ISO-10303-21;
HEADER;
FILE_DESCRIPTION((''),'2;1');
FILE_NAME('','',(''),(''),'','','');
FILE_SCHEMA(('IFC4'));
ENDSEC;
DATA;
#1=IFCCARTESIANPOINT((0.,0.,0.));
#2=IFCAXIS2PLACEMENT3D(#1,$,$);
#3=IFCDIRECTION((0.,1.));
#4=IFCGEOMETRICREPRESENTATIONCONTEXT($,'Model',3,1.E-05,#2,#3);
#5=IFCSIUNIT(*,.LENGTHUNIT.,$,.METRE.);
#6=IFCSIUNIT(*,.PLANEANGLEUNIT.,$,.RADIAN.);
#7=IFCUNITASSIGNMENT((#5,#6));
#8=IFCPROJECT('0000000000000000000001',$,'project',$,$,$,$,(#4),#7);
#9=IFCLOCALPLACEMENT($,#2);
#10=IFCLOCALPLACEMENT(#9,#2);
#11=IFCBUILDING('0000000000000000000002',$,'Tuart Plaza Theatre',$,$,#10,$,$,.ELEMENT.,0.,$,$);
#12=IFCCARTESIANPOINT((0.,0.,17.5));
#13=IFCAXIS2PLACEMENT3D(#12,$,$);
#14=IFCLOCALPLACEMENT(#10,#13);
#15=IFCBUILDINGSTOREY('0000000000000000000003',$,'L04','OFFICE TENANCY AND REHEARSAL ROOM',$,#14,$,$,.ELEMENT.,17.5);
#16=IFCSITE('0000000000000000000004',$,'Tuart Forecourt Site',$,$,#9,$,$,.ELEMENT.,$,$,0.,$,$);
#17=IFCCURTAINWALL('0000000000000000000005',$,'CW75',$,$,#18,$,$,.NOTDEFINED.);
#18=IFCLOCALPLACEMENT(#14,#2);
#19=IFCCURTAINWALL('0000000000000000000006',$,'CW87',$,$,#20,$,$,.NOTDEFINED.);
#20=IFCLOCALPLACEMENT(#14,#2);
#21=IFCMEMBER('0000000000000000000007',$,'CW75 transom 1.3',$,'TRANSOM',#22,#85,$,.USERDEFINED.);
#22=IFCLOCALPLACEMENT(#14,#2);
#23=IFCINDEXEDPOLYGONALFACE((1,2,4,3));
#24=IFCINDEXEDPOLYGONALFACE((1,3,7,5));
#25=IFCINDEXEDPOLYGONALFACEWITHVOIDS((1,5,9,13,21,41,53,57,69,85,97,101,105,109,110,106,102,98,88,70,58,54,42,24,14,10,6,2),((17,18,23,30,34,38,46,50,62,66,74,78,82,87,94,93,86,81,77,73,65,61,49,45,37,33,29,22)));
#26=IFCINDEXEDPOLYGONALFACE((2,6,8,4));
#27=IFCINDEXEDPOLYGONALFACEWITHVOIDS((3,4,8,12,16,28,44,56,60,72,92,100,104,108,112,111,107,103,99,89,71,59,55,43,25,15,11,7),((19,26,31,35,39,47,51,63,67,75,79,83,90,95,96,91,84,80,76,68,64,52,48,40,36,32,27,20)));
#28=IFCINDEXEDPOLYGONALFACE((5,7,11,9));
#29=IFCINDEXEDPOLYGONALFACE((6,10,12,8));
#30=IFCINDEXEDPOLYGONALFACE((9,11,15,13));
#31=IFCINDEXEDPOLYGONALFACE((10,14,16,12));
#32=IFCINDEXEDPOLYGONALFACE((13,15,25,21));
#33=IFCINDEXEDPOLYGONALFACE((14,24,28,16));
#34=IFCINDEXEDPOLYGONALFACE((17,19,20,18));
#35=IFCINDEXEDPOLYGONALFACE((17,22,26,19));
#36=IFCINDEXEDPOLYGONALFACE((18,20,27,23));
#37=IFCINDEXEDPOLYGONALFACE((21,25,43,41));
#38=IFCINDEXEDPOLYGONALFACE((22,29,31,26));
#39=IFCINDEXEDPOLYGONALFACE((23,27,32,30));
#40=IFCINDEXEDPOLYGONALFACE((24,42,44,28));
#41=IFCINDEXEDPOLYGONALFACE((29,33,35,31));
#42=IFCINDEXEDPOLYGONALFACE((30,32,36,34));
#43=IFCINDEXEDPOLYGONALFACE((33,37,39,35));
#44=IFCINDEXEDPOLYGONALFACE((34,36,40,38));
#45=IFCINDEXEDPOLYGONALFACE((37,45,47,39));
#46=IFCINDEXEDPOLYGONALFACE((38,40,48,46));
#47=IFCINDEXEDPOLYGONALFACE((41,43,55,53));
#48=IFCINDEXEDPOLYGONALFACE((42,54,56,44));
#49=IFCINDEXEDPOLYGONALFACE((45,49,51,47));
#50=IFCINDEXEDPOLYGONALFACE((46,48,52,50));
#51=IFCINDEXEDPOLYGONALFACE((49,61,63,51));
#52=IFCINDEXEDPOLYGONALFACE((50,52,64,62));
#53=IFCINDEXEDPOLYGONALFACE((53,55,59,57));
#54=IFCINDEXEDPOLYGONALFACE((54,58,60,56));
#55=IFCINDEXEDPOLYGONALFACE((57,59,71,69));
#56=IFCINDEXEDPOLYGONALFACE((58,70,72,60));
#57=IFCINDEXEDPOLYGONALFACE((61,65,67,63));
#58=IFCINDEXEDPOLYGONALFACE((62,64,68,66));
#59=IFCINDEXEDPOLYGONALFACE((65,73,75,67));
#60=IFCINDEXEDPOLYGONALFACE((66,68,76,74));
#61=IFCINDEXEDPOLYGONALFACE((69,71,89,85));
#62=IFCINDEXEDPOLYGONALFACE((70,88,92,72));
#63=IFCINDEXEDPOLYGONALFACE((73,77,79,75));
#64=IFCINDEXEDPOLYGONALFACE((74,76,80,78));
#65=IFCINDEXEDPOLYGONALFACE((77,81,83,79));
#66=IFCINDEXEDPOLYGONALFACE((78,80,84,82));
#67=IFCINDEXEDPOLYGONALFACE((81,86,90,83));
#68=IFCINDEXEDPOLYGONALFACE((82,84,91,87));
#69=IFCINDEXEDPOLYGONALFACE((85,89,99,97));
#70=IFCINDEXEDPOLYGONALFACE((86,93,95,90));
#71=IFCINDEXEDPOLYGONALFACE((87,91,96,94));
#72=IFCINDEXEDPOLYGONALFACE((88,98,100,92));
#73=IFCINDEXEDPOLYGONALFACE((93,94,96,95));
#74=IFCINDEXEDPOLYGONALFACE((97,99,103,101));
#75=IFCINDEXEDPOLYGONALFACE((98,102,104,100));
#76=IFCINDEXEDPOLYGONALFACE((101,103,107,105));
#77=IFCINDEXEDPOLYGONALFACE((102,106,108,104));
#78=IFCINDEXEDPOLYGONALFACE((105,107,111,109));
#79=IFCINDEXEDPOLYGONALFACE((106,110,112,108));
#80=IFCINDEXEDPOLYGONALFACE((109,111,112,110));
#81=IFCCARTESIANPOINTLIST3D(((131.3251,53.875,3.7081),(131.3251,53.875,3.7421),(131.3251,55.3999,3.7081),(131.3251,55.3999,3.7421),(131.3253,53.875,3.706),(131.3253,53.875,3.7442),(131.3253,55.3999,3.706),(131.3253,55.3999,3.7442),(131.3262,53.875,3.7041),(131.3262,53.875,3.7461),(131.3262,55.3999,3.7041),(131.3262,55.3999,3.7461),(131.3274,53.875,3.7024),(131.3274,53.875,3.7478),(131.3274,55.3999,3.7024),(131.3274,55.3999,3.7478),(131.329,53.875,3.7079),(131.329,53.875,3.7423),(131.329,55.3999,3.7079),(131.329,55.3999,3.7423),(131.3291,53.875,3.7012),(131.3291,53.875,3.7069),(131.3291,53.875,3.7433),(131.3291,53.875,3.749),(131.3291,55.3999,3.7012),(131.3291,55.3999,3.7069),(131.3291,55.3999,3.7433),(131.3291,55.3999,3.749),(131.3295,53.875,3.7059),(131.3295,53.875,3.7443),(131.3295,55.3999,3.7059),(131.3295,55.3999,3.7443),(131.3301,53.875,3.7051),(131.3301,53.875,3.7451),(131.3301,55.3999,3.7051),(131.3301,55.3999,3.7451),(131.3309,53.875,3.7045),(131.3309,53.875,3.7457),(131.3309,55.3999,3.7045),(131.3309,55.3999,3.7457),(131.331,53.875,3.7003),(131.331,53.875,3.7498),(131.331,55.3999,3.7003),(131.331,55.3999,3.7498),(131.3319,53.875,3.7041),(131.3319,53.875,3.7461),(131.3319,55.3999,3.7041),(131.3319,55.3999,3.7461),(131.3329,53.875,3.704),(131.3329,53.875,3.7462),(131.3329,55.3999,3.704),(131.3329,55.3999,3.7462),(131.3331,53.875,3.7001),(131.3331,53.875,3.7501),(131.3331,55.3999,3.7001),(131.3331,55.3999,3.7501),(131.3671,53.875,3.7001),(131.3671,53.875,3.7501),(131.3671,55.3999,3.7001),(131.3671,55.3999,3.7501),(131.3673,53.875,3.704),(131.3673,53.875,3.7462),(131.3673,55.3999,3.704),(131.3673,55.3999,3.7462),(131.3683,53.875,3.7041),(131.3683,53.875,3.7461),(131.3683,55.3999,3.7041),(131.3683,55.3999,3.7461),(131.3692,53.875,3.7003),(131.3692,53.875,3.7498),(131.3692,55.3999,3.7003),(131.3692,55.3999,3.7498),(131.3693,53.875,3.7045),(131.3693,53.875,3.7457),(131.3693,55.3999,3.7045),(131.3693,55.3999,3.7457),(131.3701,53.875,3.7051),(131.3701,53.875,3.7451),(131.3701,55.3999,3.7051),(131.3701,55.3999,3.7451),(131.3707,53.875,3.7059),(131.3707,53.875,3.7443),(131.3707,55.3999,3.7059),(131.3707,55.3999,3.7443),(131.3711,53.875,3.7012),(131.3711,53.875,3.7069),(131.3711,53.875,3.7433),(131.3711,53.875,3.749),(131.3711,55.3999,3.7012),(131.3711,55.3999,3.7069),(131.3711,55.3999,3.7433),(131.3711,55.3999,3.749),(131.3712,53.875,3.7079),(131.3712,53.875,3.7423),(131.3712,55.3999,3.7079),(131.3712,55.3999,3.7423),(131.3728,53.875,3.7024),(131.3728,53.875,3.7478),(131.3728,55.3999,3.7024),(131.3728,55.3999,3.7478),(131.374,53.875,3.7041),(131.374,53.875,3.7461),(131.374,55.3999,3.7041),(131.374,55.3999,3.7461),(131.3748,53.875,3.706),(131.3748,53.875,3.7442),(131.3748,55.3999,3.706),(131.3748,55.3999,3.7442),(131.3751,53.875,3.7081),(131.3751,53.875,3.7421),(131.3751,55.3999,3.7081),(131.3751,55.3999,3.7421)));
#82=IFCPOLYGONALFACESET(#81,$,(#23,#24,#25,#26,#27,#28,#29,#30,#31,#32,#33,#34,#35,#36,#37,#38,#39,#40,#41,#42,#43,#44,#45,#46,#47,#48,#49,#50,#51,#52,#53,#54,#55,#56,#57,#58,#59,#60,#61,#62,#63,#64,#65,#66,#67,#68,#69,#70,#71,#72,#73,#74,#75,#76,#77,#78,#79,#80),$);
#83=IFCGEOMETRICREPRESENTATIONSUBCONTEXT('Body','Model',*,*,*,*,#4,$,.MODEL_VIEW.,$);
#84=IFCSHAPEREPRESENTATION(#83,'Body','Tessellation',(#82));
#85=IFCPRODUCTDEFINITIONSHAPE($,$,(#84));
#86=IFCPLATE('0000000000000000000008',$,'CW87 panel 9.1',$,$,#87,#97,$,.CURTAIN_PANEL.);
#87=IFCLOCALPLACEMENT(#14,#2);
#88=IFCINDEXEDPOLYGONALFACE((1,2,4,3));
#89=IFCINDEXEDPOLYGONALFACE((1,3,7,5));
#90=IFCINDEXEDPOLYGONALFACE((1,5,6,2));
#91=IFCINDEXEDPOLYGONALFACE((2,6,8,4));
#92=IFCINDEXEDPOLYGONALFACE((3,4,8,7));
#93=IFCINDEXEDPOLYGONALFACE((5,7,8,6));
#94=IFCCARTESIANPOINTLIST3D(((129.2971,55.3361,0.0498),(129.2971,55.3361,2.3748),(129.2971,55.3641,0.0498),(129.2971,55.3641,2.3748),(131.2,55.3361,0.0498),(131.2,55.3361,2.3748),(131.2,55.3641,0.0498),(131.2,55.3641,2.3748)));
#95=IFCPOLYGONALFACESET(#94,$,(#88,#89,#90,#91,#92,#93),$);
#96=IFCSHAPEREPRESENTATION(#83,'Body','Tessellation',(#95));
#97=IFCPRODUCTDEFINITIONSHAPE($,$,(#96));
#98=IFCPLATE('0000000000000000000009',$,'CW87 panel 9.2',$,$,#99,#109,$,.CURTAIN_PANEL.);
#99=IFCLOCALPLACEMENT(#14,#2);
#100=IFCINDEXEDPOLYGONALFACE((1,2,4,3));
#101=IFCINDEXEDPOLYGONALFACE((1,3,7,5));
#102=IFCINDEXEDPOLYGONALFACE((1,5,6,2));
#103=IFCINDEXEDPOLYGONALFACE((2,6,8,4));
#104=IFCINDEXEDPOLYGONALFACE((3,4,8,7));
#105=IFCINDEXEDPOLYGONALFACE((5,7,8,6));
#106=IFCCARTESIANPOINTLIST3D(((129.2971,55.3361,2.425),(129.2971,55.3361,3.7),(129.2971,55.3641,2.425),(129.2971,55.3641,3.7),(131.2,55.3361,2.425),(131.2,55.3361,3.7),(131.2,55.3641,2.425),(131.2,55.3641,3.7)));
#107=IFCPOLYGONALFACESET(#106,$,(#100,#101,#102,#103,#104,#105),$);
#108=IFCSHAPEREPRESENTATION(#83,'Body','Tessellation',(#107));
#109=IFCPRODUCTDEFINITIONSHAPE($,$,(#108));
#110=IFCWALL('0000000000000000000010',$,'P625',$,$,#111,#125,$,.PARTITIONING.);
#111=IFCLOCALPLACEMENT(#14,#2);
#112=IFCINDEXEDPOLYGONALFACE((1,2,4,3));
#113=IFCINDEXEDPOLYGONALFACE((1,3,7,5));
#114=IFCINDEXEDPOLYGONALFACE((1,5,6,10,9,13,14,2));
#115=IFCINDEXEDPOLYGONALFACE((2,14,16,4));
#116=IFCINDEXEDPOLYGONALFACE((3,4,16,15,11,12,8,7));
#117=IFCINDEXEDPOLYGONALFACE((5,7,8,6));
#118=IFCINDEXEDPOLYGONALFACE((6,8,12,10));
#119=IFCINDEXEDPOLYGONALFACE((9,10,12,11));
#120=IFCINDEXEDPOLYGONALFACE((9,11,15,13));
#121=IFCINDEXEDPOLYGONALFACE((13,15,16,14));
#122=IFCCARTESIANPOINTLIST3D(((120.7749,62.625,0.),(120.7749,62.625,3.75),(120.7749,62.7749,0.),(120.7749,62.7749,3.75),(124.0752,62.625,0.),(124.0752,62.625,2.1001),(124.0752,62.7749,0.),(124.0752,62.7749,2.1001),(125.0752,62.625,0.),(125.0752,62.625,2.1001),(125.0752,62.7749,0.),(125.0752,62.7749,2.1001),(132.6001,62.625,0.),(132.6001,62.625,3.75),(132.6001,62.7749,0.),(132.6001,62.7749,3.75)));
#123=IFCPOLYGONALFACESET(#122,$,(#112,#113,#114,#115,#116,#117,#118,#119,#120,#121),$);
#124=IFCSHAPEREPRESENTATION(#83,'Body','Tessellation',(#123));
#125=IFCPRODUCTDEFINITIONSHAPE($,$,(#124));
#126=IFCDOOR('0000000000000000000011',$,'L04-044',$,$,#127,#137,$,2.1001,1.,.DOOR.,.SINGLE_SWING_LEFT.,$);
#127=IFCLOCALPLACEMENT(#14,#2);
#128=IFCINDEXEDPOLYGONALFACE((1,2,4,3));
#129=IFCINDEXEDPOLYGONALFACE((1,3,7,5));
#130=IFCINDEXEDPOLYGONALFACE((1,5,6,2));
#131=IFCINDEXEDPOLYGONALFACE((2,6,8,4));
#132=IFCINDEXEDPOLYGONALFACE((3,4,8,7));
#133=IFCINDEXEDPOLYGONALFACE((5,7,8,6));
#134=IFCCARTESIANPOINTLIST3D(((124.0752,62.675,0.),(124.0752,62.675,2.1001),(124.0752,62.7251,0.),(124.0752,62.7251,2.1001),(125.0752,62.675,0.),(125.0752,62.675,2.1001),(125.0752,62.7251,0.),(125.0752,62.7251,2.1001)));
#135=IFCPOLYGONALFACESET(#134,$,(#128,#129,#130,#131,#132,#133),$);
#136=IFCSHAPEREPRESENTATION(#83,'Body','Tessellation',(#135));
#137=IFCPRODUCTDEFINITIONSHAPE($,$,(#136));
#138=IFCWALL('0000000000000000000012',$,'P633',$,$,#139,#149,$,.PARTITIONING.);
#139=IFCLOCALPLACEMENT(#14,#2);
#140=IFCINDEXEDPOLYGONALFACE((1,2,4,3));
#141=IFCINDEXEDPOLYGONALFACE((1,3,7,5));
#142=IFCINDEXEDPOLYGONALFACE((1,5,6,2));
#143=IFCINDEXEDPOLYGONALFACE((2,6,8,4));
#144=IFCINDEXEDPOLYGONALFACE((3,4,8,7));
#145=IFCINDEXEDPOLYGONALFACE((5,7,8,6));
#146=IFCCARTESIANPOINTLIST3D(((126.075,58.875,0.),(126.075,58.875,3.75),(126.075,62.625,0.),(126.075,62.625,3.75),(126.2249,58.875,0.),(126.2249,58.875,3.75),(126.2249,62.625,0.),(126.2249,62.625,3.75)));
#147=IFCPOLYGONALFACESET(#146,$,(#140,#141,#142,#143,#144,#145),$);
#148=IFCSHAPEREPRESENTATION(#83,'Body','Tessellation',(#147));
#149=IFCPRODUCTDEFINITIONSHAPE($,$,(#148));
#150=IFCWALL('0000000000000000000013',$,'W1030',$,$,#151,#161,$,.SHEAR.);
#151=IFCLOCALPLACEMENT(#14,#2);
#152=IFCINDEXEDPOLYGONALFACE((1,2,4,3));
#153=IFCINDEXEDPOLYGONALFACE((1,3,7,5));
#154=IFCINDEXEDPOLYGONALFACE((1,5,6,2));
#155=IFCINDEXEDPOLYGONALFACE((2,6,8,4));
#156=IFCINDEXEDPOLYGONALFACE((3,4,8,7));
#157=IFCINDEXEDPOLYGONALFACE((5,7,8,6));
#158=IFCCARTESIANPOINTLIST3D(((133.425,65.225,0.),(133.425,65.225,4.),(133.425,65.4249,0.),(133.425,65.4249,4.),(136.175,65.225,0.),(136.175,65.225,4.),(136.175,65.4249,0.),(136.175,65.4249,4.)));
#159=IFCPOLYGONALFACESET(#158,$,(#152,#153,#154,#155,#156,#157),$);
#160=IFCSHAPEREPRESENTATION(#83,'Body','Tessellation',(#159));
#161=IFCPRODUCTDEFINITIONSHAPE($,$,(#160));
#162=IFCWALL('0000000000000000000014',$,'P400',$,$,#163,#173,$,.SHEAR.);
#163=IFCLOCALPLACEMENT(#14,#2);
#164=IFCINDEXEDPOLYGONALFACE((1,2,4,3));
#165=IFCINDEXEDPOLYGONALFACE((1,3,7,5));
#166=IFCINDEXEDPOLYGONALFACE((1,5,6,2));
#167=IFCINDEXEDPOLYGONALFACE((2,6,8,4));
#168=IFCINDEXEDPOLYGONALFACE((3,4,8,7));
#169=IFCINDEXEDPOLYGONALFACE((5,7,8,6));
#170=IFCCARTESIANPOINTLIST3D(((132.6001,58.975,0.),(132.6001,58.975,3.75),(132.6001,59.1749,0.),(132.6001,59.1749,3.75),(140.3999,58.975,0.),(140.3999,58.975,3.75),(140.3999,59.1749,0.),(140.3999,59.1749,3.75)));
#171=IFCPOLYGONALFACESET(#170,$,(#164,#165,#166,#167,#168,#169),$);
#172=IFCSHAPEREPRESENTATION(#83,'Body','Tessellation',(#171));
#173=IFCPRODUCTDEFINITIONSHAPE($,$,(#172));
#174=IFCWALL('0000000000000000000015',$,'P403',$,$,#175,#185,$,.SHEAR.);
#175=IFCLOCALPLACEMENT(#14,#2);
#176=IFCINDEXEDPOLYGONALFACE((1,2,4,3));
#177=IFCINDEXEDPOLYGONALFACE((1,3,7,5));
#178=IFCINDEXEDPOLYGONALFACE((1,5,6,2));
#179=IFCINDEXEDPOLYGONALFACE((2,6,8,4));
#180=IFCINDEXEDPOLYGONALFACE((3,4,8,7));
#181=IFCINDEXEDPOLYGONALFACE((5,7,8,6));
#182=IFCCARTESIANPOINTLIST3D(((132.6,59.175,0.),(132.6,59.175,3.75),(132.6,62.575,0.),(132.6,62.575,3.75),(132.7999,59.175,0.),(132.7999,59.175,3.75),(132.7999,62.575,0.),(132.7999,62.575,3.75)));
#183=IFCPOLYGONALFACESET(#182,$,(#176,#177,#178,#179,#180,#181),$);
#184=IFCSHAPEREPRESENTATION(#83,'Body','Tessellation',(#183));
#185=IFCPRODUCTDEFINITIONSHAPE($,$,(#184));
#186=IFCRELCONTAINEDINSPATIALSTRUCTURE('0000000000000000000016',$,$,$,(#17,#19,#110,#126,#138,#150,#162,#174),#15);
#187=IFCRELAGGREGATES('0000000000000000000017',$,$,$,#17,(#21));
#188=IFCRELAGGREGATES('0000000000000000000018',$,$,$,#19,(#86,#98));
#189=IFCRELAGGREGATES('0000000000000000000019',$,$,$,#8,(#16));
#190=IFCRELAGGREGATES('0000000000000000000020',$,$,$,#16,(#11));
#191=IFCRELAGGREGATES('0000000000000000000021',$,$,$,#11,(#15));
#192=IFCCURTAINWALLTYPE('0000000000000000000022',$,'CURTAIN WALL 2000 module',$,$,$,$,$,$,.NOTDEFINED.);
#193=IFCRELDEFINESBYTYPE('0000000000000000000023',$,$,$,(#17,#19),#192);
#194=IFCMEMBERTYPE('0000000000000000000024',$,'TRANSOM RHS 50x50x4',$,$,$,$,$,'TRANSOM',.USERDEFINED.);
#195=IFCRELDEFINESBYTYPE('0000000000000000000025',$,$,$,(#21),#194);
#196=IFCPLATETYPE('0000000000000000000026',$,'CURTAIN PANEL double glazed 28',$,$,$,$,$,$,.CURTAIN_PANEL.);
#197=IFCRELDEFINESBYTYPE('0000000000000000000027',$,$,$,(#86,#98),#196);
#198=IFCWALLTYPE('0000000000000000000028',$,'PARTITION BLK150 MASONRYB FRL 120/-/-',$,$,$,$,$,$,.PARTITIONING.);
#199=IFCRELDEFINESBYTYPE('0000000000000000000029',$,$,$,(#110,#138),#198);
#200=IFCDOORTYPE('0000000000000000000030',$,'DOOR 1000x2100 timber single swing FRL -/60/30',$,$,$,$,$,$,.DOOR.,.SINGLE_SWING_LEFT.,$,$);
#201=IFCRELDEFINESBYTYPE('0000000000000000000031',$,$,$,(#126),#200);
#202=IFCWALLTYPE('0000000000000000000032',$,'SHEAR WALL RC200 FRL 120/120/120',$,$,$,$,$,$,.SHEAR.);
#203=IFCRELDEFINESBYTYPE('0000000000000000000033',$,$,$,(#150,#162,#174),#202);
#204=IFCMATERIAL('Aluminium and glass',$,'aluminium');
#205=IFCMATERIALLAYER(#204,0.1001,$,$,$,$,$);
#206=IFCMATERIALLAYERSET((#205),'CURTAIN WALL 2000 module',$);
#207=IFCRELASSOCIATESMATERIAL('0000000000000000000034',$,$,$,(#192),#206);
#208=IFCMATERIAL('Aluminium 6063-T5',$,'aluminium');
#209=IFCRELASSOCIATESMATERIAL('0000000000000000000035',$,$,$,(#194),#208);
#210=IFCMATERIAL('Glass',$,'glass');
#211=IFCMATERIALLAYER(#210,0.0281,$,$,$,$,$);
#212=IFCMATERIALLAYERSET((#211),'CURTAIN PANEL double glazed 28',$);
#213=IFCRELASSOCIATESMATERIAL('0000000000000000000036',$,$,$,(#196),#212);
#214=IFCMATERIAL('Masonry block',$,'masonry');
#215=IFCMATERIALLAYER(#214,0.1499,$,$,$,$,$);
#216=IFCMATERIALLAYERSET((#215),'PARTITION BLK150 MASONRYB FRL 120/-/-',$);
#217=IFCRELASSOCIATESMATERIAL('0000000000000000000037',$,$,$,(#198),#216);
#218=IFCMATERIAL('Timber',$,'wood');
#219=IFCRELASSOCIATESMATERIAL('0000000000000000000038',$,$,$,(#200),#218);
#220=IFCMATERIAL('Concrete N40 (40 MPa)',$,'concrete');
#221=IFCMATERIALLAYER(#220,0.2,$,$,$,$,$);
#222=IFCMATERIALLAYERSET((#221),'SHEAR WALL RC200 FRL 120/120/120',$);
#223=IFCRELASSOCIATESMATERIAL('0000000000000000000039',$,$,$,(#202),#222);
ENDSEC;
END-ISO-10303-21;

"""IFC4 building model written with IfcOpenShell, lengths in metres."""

from ifc_helpers import new_model, si_unit, direction, frame, frame_2d, origin, origin_2d, place, context, subcontext, project, spatial, rectangle, hollow_rectangle, extrude, material, layer, layer_set, material_profile, profile_set, type_object, element, fill, aggregate, save


model = new_model("IFC4")

# Units and contexts
model_context = context("Model", 3, precision=1e-05, world=origin(), true_north=direction((0.0, 1.0)))
body_context = subcontext(model_context, "Body", "Model", "MODEL_VIEW")
ifc_project = project(units=[si_unit("LENGTHUNIT", "METRE"), si_unit("PLANEANGLEUNIT", "RADIAN")], contexts=[model_context])

# Site, building, storey
site_placement = place(None, origin())
site = spatial("IfcSite", under=ifc_project, at=site_placement, Name="Tuart Forecourt Site", CompositionType="ELEMENT", RefElevation=0.0)
building_placement = place(site_placement, origin())
building = spatial("IfcBuilding", under=site, at=building_placement, Name="Tuart Plaza Theatre", CompositionType="ELEMENT", ElevationOfRefHeight=0.0)
storey_placement = place(building_placement, frame((0.0, 0.0, 17.5)))
storey = spatial("IfcBuildingStorey", under=building, at=storey_placement, Name="L04", Description="OFFICE TENANCY AND REHEARSAL ROOM", CompositionType="ELEMENT", Elevation=17.5)

# Curtain walls
ifc_material_1 = material(Name="Aluminium and glass", Category="aluminium")
ifc_layer_1 = layer(ifc_material_1, 0.1001)
ifc_layer_set_1 = layer_set([ifc_layer_1], Name="CURTAIN WALL 2000 module")
curtain_wall_type = type_object("IfcCurtainWallType", Name="CURTAIN WALL 2000 module", PredefinedType="NOTDEFINED", material=ifc_layer_set_1)
curtain_wall_1_placement = place(storey_placement, origin())
curtain_wall_1 = element("IfcCurtainWall", 1, at=curtain_wall_1_placement, inside=storey, type_object=curtain_wall_type, Name="CW75", PredefinedType="NOTDEFINED")
curtain_wall_2_placement = place(storey_placement, origin())
curtain_wall_2 = element("IfcCurtainWall", 2, at=curtain_wall_2_placement, inside=storey, type_object=curtain_wall_type, Name="CW87", PredefinedType="NOTDEFINED")

# Member
ifc_material_2 = material(Name="Aluminium 6063-T5", Category="aluminium")
ifc_material_profile_1 = material_profile(ifc_material_2, hollow_rectangle(XDim=0.05, YDim=0.05, WallThickness=0.0039, InnerFilletRadius=0.0039, OuterFilletRadius=0.0081, at=origin_2d()), Name="RHS 50x50x4")
ifc_profile_set_1 = profile_set([ifc_material_profile_1], Name="Aluminium 6063-T5")
member_type_1 = type_object("IfcMemberType", Name="TRANSOM RHS 50x50x4", ElementType="TRANSOM", PredefinedType="USERDEFINED", material=ifc_profile_set_1)
member_1_placement = place(storey_placement, frame((131.3501, 55.3999, 3.7251), z_axis=(0.0, -1.0, 0.0), x_axis=(1.0, 0.0, 0.0)))
member_1 = element("IfcMember", 3, at=member_1_placement, type_object=member_type_1, Name="CW75 transom 1.3", ObjectType="TRANSOM", PredefinedType="USERDEFINED", context=body_context, shape_type="SweptSolid", body=[
    extrude(hollow_rectangle(XDim=0.05, YDim=0.05, WallThickness=0.0039, InnerFilletRadius=0.0039, OuterFilletRadius=0.0081, at=origin_2d()), origin(), (0.0, 0.0, 1.0), 1.5249),
])
aggregate(curtain_wall_1, [member_1])

# Plates
ifc_material_3 = material(Name="Glass", Category="glass")
ifc_layer_2 = layer(ifc_material_3, 0.0281)
ifc_layer_set_2 = layer_set([ifc_layer_2], Name="CURTAIN PANEL double glazed 28")
plate_type = type_object("IfcPlateType", Name="CURTAIN PANEL double glazed 28", PredefinedType="CURTAIN_PANEL", material=ifc_layer_set_2)
plate_1_placement = place(storey_placement, frame((130.2485, 55.3501, 0.0498), z_axis=(0.0, 0.0, 1.0), x_axis=(1.0, 0.0, 0.0)))
plate_1 = element("IfcPlate", 4, at=plate_1_placement, type_object=plate_type, Name="CW87 panel 9.1", PredefinedType="CURTAIN_PANEL", context=body_context, shape_type="SweptSolid", body=[
    extrude(rectangle(XDim=1.9028, YDim=0.0281, at=origin_2d()), origin(), (0.0, 0.0, 1.0), 2.325),
])
plate_2_placement = place(storey_placement, frame((130.2485, 55.3501, 2.425), z_axis=(0.0, 0.0, 1.0), x_axis=(1.0, 0.0, 0.0)))
plate_2 = element("IfcPlate", 5, at=plate_2_placement, type_object=plate_type, Name="CW87 panel 9.2", PredefinedType="CURTAIN_PANEL", context=body_context, shape_type="SweptSolid", body=[
    extrude(rectangle(XDim=1.9028, YDim=0.0281, at=origin_2d()), origin(), (0.0, 0.0, 1.0), 1.2749),
])
aggregate(curtain_wall_2, [plate_1, plate_2])

# Wall, opening, door
ifc_material_4 = material(Name="Masonry block", Category="masonry")
ifc_layer_3 = layer(ifc_material_4, 0.1499)
ifc_layer_set_3 = layer_set([ifc_layer_3], Name="PARTITION BLK150 MASONRYB FRL 120/-/-")
wall_type_1 = type_object("IfcWallType", Name="PARTITION BLK150 MASONRYB FRL 120/-/-", PredefinedType="PARTITIONING", material=ifc_layer_set_3)
wall_1_placement = place(storey_placement, frame((132.6001, 62.7, 0.0), z_axis=(0.0, 0.0, 1.0), x_axis=(-1.0, 0.0, 0.0)))
wall_1 = element("IfcWall", 6, at=wall_1_placement, inside=storey, type_object=wall_type_1, Name="P625", PredefinedType="PARTITIONING", context=body_context, shape_type="SweptSolid", body=[
    extrude(rectangle(XDim=11.8252, YDim=0.1499, at=frame_2d((5.9126, 0.0))), origin(), (0.0, 0.0, 1.0), 3.75),
])
opening_placement = place(wall_1_placement, frame((7.5249, 0.0, 0.0)))
opening = element("IfcOpeningElement", 7, at=opening_placement, cuts=wall_1, PredefinedType="OPENING", context=body_context, shape_type="SweptSolid", body=[
    extrude(rectangle(XDim=1.0, YDim=2.1001, at=frame_2d((0.5, 1.05))), frame((0.0, 0.085, 0.0), z_axis=(0.0, -1.0, 0.0), x_axis=(1.0, 0.0, 0.0)), (0.0, 0.0, 1.0), 0.1699),
])
ifc_material_5 = material(Name="Timber", Category="wood")
door_type = type_object("IfcDoorType", Name="DOOR 1000x2100 timber single swing FRL -/60/30", OperationType="SINGLE_SWING_LEFT", PredefinedType="DOOR", material=ifc_material_5)
door_placement = place(opening_placement, origin())
door = element("IfcDoor", 8, at=door_placement, inside=storey, type_object=door_type, Name="L04-044", OperationType="SINGLE_SWING_LEFT", OverallHeight=2.1001, OverallWidth=1.0, PredefinedType="DOOR", context=body_context, shape_type="SweptSolid", body=[
    extrude(rectangle(XDim=1.0, YDim=2.1001, at=frame_2d((0.5, 1.05))), frame((0.0, 0.0249, 0.0), z_axis=(0.0, -1.0, 0.0), x_axis=(1.0, 0.0, 0.0)), (0.0, 0.0, 1.0), 0.05),
])
fill(opening, door)

# Walls
wall_2_placement = place(storey_placement, frame((126.1499, 62.625, 0.0), z_axis=(0.0, 0.0, 1.0), x_axis=(0.0, -1.0, 0.0)))
element("IfcWall", 9, at=wall_2_placement, inside=storey, type_object=wall_type_1, Name="P633", PredefinedType="PARTITIONING", context=body_context, shape_type="SweptSolid", body=[
    extrude(rectangle(XDim=3.75, YDim=0.1499, at=frame_2d((1.875, 0.0))), origin(), (0.0, 0.0, 1.0), 3.75),
])
ifc_material_6 = material(Name="Concrete N40 (40 MPa)", Category="concrete")
ifc_layer_4 = layer(ifc_material_6, 0.2)
ifc_layer_set_4 = layer_set([ifc_layer_4], Name="SHEAR WALL RC200 FRL 120/120/120")
wall_type_2 = type_object("IfcWallType", Name="SHEAR WALL RC200 FRL 120/120/120", PredefinedType="SHEAR", material=ifc_layer_set_4)
wall_3_placement = place(storey_placement, frame((133.425, 65.325, 0.0), z_axis=(0.0, 0.0, 1.0), x_axis=(1.0, 0.0, 0.0)))
element("IfcWall", 10, at=wall_3_placement, inside=storey, type_object=wall_type_2, Name="W1030", PredefinedType="SHEAR", context=body_context, shape_type="SweptSolid", body=[
    extrude(rectangle(XDim=2.75, YDim=0.2, at=frame_2d((1.375, 0.0))), origin(), (0.0, 0.0, 1.0), 4.0),
])
wall_4_placement = place(storey_placement, frame((132.6001, 59.075, 0.0), z_axis=(0.0, 0.0, 1.0), x_axis=(1.0, 0.0, 0.0)))
element("IfcWall", 11, at=wall_4_placement, inside=storey, type_object=wall_type_2, Name="P400", PredefinedType="SHEAR", context=body_context, shape_type="SweptSolid", body=[
    extrude(rectangle(XDim=7.7998, YDim=0.2, at=frame_2d((3.8999, 0.0))), origin(), (0.0, 0.0, 1.0), 3.75),
])
wall_5_placement = place(storey_placement, frame((132.7, 62.575, 0.0), z_axis=(0.0, 0.0, 1.0), x_axis=(0.0, -1.0, 0.0)))
element("IfcWall", 12, at=wall_5_placement, inside=storey, type_object=wall_type_2, Name="P403", PredefinedType="SHEAR", context=body_context, shape_type="SweptSolid", body=[
    extrude(rectangle(XDim=3.3999, YDim=0.2, at=frame_2d((1.7, 0.0))), origin(), (0.0, 0.0, 1.0), 3.75),
])

save(model, "model.ifc")
